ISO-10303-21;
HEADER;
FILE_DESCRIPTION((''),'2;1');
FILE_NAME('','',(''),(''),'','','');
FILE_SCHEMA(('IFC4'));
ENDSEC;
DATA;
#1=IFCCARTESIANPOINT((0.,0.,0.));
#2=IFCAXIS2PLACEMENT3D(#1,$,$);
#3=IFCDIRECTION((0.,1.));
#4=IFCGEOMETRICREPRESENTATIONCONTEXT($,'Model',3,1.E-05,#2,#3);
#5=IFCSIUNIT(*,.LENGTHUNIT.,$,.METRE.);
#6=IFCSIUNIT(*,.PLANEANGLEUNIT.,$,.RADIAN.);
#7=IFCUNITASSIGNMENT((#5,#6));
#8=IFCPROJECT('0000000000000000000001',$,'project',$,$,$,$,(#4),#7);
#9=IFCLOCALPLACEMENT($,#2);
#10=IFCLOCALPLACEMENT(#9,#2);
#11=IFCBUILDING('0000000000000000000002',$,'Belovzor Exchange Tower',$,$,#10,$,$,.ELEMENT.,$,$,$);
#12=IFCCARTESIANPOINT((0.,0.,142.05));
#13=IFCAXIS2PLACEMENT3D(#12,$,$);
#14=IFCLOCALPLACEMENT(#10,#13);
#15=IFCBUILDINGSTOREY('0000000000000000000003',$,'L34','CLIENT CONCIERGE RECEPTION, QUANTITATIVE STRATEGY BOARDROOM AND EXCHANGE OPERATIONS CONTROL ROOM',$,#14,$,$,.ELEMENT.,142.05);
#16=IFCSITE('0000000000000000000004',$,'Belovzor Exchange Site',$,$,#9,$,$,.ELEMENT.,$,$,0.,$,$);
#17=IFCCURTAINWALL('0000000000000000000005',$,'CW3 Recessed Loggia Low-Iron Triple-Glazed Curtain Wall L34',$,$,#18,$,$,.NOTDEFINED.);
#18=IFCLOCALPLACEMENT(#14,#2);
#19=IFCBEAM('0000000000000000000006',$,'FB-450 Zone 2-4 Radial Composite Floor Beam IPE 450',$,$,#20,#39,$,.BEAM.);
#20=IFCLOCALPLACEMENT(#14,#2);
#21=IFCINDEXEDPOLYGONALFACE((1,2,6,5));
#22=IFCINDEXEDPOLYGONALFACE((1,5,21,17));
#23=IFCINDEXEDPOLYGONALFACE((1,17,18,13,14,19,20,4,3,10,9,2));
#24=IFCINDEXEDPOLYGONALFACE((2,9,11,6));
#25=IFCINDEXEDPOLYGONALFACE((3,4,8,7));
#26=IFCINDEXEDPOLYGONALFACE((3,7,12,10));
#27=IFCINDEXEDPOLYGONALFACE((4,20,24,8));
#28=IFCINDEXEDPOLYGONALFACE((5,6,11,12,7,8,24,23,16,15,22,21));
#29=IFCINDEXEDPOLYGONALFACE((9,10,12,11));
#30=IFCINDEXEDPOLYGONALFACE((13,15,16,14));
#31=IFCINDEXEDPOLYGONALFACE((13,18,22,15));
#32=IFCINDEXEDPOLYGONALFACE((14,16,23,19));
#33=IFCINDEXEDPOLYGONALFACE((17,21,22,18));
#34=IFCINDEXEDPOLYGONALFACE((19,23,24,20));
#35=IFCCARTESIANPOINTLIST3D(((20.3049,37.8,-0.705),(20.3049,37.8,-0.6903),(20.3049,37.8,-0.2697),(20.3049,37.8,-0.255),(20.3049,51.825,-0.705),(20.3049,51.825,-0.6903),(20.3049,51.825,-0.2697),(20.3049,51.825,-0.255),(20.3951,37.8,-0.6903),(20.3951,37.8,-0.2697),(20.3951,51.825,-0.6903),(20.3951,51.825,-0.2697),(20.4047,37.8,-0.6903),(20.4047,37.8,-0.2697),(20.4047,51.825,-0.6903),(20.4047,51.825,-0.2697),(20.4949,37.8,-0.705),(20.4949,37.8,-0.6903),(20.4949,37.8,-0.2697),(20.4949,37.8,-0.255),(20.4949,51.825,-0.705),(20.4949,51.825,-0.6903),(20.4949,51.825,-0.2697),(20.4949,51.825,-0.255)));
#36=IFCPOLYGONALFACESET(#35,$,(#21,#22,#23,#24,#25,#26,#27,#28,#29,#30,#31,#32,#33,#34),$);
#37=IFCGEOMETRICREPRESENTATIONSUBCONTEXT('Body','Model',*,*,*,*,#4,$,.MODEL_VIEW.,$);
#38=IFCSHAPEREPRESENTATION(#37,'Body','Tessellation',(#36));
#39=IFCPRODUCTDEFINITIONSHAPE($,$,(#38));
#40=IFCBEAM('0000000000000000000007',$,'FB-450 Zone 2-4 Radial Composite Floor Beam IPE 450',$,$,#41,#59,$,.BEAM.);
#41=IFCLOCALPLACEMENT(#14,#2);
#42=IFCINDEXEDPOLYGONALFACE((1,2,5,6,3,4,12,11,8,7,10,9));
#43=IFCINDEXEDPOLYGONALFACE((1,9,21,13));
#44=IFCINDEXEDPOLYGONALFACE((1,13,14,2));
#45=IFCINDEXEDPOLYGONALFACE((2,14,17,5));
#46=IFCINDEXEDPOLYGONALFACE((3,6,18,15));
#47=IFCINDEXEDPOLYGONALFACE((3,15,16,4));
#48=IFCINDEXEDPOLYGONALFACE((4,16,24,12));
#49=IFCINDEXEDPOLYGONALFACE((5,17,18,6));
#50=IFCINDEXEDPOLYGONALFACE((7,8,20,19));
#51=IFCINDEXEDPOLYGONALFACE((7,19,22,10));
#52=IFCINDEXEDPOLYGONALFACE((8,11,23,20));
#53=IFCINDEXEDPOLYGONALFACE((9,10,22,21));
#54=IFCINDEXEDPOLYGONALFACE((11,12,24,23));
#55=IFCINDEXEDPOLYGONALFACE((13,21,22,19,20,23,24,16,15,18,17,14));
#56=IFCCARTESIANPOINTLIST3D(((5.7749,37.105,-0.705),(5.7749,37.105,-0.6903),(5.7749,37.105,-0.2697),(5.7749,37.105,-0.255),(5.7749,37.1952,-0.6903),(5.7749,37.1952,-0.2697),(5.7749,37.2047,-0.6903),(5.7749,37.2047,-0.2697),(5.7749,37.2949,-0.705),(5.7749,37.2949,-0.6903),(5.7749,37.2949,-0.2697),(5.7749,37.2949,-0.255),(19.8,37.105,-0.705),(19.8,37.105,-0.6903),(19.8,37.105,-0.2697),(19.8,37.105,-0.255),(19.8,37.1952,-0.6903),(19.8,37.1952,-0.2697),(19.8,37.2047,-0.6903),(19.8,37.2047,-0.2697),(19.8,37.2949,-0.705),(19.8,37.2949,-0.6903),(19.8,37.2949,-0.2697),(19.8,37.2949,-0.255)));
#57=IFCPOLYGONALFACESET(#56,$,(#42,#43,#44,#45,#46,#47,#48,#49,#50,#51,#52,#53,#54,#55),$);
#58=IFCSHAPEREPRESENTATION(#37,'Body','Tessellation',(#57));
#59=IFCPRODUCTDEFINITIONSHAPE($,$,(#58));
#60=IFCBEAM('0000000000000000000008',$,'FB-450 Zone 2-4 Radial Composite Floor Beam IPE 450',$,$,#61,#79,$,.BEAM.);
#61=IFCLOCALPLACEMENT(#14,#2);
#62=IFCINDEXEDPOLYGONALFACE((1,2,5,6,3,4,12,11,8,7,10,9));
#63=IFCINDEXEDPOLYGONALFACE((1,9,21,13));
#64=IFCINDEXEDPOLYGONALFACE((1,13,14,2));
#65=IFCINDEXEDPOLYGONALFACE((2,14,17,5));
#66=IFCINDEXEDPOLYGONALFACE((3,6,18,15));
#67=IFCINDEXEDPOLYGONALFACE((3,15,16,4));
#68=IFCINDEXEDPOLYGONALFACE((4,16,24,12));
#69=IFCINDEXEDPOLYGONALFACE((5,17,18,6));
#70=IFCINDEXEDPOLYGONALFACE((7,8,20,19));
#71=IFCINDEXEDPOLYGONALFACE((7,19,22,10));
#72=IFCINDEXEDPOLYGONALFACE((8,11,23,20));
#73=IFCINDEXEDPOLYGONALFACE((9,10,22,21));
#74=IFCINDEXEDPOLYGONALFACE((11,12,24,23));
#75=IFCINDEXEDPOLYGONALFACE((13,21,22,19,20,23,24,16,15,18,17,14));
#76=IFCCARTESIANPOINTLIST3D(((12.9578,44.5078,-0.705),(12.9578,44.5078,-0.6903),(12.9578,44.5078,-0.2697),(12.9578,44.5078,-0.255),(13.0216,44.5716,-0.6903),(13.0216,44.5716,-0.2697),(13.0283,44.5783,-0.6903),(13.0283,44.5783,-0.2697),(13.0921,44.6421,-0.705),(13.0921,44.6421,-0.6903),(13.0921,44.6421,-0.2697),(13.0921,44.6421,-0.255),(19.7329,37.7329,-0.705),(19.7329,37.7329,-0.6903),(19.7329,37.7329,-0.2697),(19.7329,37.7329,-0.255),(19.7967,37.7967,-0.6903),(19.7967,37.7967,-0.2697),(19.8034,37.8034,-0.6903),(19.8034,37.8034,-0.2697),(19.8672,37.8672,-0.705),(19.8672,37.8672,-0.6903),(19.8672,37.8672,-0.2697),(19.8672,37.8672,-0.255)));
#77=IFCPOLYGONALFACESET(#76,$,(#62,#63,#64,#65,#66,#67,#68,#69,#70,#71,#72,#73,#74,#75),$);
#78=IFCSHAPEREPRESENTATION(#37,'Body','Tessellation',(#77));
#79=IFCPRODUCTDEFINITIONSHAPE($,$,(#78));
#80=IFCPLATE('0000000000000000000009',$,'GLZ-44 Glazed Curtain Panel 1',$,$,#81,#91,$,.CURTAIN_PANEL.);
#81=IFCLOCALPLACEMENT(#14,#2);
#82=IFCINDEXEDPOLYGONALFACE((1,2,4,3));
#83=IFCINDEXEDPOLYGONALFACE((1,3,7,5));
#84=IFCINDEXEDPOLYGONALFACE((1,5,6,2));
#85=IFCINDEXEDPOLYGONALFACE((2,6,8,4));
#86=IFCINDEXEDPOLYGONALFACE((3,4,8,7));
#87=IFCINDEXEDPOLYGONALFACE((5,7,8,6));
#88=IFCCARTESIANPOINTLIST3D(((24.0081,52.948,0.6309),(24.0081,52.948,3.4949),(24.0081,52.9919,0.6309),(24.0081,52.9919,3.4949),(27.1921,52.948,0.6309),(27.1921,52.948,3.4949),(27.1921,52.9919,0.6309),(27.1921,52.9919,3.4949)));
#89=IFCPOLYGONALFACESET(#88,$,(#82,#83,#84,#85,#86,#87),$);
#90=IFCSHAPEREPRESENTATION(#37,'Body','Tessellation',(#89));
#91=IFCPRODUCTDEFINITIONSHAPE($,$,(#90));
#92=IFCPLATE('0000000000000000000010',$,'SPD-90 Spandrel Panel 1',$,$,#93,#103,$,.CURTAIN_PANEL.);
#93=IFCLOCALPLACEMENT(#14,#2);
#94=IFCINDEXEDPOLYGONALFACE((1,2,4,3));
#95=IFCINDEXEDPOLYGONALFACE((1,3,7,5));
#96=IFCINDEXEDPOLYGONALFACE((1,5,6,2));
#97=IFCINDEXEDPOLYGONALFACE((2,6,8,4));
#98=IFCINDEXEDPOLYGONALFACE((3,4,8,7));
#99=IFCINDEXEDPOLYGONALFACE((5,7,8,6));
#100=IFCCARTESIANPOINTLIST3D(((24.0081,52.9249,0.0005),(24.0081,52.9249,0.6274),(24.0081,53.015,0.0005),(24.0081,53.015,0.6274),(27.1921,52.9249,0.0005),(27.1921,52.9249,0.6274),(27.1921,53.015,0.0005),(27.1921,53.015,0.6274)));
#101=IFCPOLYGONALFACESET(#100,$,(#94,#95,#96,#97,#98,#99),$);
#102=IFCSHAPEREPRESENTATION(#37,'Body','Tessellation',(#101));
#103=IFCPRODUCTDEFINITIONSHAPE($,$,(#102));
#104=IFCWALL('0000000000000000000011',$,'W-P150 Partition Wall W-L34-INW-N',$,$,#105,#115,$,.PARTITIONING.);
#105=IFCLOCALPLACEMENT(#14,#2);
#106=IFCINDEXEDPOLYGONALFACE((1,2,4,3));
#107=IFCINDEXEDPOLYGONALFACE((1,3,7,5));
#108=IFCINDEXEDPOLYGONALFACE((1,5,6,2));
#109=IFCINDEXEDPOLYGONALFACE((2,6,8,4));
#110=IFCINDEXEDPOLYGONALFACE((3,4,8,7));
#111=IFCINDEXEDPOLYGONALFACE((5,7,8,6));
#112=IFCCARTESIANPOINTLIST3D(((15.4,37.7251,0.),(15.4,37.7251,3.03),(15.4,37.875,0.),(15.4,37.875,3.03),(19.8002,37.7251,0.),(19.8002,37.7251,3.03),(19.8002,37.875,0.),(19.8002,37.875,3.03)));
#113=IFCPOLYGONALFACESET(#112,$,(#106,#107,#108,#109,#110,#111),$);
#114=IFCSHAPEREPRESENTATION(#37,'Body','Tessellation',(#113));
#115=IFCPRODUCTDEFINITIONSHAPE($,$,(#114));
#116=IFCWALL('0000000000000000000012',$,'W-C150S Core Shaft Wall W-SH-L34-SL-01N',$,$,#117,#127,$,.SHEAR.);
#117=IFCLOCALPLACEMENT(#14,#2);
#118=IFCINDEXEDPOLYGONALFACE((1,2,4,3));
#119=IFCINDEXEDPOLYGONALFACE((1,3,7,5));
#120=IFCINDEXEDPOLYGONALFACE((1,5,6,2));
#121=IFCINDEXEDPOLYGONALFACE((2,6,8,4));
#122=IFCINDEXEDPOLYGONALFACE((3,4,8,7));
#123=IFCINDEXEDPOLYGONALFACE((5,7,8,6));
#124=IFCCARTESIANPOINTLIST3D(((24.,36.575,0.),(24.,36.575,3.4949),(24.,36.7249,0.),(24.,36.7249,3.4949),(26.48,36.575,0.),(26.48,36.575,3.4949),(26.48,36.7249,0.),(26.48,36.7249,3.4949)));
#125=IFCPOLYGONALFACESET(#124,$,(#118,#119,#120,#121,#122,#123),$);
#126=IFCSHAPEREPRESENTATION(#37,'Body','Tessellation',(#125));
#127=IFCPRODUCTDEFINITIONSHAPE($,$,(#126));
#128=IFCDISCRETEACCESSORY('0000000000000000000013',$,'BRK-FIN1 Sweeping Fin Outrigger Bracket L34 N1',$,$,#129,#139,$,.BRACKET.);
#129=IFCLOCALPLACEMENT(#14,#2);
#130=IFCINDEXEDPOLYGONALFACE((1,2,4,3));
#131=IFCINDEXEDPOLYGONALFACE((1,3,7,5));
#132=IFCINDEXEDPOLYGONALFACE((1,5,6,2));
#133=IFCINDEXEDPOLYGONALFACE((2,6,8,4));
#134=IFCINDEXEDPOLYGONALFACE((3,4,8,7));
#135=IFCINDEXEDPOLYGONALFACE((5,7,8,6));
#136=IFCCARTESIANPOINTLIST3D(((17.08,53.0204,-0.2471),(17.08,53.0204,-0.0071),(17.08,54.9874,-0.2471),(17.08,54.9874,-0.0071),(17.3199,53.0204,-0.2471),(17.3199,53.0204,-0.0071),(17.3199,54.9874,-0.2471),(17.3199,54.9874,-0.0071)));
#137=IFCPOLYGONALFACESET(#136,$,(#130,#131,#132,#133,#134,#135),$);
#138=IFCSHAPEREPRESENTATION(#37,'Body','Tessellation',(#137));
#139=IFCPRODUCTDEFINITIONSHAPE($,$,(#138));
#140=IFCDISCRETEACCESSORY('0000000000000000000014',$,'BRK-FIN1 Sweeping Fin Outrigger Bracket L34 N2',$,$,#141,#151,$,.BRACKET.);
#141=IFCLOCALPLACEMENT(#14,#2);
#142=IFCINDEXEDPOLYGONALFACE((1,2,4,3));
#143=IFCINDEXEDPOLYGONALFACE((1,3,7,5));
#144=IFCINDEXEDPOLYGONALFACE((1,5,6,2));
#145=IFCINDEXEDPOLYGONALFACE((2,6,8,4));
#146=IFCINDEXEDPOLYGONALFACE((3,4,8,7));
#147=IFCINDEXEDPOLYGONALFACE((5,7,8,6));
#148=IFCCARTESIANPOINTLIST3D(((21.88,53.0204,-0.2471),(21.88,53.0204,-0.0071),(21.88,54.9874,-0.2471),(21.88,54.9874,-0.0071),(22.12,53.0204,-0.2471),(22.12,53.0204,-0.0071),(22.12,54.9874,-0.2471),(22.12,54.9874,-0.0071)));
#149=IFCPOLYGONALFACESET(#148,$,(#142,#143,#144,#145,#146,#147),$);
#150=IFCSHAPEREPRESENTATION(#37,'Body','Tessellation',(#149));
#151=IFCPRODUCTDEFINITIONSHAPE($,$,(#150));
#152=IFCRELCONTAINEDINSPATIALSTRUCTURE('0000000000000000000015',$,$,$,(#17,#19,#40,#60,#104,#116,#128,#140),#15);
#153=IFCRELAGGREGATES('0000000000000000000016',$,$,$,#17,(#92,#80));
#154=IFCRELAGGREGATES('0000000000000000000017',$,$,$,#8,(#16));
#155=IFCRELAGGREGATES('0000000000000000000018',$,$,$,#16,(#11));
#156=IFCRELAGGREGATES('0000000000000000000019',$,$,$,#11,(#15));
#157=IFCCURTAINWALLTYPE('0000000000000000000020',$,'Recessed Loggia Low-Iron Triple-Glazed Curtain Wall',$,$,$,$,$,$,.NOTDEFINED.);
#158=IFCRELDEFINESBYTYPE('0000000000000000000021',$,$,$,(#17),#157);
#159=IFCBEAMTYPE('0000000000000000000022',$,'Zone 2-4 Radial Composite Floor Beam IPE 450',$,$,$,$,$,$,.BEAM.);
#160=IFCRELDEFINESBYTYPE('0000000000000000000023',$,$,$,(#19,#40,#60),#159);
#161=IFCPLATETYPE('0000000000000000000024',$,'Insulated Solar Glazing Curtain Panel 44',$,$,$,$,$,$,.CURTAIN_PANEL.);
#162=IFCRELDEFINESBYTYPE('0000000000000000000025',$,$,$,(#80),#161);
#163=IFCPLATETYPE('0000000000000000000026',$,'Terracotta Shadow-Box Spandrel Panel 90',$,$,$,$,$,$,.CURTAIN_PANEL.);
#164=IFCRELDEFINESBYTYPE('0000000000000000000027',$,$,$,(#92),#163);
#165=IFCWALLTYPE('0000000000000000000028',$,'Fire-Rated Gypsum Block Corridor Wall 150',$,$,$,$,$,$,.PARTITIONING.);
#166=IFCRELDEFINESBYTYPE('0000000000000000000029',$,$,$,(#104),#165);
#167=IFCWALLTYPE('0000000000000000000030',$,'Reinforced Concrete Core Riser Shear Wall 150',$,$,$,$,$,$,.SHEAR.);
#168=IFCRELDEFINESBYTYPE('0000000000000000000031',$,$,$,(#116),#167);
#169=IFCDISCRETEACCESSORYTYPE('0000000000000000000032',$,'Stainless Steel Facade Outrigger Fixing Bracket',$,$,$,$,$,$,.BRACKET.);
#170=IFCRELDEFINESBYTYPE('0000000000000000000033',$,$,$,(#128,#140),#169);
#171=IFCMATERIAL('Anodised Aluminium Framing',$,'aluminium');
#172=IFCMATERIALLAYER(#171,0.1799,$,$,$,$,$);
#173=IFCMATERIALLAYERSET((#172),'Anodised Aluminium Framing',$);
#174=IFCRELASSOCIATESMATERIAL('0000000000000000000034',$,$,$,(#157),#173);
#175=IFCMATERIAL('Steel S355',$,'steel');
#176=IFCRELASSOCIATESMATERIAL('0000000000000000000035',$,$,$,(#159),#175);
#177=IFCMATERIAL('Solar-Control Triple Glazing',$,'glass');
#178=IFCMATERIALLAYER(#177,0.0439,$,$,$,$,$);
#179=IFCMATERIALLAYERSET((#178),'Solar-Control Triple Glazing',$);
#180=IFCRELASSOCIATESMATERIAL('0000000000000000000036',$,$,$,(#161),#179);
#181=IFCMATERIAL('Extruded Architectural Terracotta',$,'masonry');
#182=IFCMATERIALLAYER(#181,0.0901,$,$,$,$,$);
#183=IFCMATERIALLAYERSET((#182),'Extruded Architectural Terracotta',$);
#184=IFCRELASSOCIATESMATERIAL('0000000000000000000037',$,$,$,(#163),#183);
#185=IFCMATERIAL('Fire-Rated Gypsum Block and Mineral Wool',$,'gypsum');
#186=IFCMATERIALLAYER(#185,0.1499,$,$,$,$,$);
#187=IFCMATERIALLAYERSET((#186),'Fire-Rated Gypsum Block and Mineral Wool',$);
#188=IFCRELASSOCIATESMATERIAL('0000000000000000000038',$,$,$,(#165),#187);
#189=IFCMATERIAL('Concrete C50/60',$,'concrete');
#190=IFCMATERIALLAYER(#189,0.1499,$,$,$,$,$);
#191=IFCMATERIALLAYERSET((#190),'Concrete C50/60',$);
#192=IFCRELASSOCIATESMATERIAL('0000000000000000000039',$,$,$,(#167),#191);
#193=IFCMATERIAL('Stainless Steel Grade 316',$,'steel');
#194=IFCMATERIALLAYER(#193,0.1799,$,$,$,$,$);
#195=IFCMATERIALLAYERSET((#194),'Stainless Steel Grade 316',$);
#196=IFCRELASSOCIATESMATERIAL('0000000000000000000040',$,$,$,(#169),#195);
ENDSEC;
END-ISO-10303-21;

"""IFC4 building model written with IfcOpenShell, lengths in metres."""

from ifc_helpers import new_model, si_unit, direction, frame, frame_2d, origin, origin_2d, place, context, subcontext, project, spatial, rectangle, i_section, extrude, material, layer, layer_set, material_profile, profile_set, type_object, element, aggregate, save


model = new_model("IFC4")

# Units and contexts
model_context = context("Model", 3, precision=1e-05, world=origin(), true_north=direction((0.0, 1.0)))
body_context = subcontext(model_context, "Body", "Model", "MODEL_VIEW")
ifc_project = project(units=[si_unit("LENGTHUNIT", "METRE"), si_unit("PLANEANGLEUNIT", "RADIAN")], contexts=[model_context])

# Site, building, storey
site_placement = place(None, origin())
site = spatial("IfcSite", under=ifc_project, at=site_placement, Name="Belovzor Exchange Site", CompositionType="ELEMENT", RefElevation=0.0)
building_placement = place(site_placement, origin())
building = spatial("IfcBuilding", under=site, at=building_placement, Name="Belovzor Exchange Tower", CompositionType="ELEMENT")
storey_placement = place(building_placement, frame((0.0, 0.0, 142.05)))
storey = spatial("IfcBuildingStorey", under=building, at=storey_placement, Name="L34", Description="CLIENT CONCIERGE RECEPTION, QUANTITATIVE STRATEGY BOARDROOM AND EXCHANGE OPERATIONS CONTROL ROOM", CompositionType="ELEMENT", Elevation=142.05)

# Curtain wall
ifc_material_1 = material(Name="Anodised Aluminium Framing", Category="aluminium")
ifc_layer_1 = layer(ifc_material_1, 0.1799)
ifc_layer_set_1 = layer_set([ifc_layer_1], Name="Anodised Aluminium Framing")
curtain_wall_type = type_object("IfcCurtainWallType", Name="Recessed Loggia Low-Iron Triple-Glazed Curtain Wall", PredefinedType="NOTDEFINED", material=ifc_layer_set_1)
curtain_wall_placement = place(storey_placement, origin())
curtain_wall = element("IfcCurtainWall", 1, at=curtain_wall_placement, inside=storey, type_object=curtain_wall_type, Name="CW3 Recessed Loggia Low-Iron Triple-Glazed Curtain Wall L34", PredefinedType="NOTDEFINED")

# Beams
ifc_material_2 = material(Name="Steel S355", Category="steel")
ifc_material_profile_1 = material_profile(ifc_material_2, i_section(OverallWidth=0.1899, OverallDepth=0.45, WebThickness=0.0095, FlangeThickness=0.0146, at=origin_2d()))
ifc_profile_set_1 = profile_set([ifc_material_profile_1], Name="Steel S355")
beam_type_1 = type_object("IfcBeamType", Name="Zone 2-4 Radial Composite Floor Beam IPE 450", PredefinedType="BEAM", material=ifc_profile_set_1)
beam_1_placement = place(storey_placement, frame((20.3999, 37.8, -0.48), z_axis=(0.0, 1.0, 0.0), x_axis=(-1.0, 0.0, 0.0)))
element("IfcBeam", 2, at=beam_1_placement, inside=storey, type_object=beam_type_1, Name="FB-450 Zone 2-4 Radial Composite Floor Beam IPE 450", PredefinedType="BEAM", context=body_context, shape_type="SweptSolid", body=[
    extrude(i_section(OverallWidth=0.1899, OverallDepth=0.45, WebThickness=0.0095, FlangeThickness=0.0146, at=origin_2d()), origin(), (0.0, 0.0, 1.0), 14.0249),
])
beam_2_placement = place(storey_placement, frame((19.8, 37.2, -0.48), z_axis=(-1.0, 0.0, 0.0), x_axis=(0.0, -1.0, 0.0)))
element("IfcBeam", 3, at=beam_2_placement, inside=storey, type_object=beam_type_1, Name="FB-450 Zone 2-4 Radial Composite Floor Beam IPE 450", PredefinedType="BEAM", context=body_context, shape_type="SweptSolid", body=[
    extrude(i_section(OverallWidth=0.1899, OverallDepth=0.45, WebThickness=0.0095, FlangeThickness=0.0146, at=origin_2d()), origin(), (0.0, 0.0, 1.0), 14.0251),
])
beam_3_placement = place(storey_placement, frame((19.8, 37.8, -0.48), z_axis=(-0.70712, 0.707094, 0.0), x_axis=(-0.707094, -0.70712, 0.0)))
element("IfcBeam", 4, at=beam_3_placement, inside=storey, type_object=beam_type_1, Name="FB-450 Zone 2-4 Radial Composite Floor Beam IPE 450", PredefinedType="BEAM", context=body_context, shape_type="SweptSolid", body=[
    extrude(i_section(OverallWidth=0.1899, OverallDepth=0.45, WebThickness=0.0095, FlangeThickness=0.0146, at=origin_2d()), origin(), (0.0, 0.0, 1.0), 9.5813),
])

# Plates
ifc_material_3 = material(Name="Solar-Control Triple Glazing", Category="glass")
ifc_layer_2 = layer(ifc_material_3, 0.0439)
ifc_layer_set_2 = layer_set([ifc_layer_2], Name="Solar-Control Triple Glazing")
plate_type_1 = type_object("IfcPlateType", Name="Insulated Solar Glazing Curtain Panel 44", PredefinedType="CURTAIN_PANEL", material=ifc_layer_set_2)
plate_1_placement = place(storey_placement, frame((25.6001, 52.97, 0.6309), z_axis=(0.0, 0.0, 1.0), x_axis=(1.0, 0.0, 0.0)))
plate_1 = element("IfcPlate", 5, at=plate_1_placement, type_object=plate_type_1, Name="GLZ-44 Glazed Curtain Panel 1", PredefinedType="CURTAIN_PANEL", context=body_context, shape_type="SweptSolid", body=[
    extrude(rectangle(XDim=3.1841, YDim=0.0439, at=origin_2d()), origin(), (0.0, 0.0, 1.0), 2.864),
])
ifc_material_4 = material(Name="Extruded Architectural Terracotta", Category="masonry")
ifc_layer_3 = layer(ifc_material_4, 0.0901)
ifc_layer_set_3 = layer_set([ifc_layer_3], Name="Extruded Architectural Terracotta")
plate_type_2 = type_object("IfcPlateType", Name="Terracotta Shadow-Box Spandrel Panel 90", PredefinedType="CURTAIN_PANEL", material=ifc_layer_set_3)
plate_2_placement = place(storey_placement, frame((25.6001, 52.97, 0.0005), z_axis=(0.0, 0.0, 1.0), x_axis=(1.0, 0.0, 0.0)))
plate_2 = element("IfcPlate", 6, at=plate_2_placement, type_object=plate_type_2, Name="SPD-90 Spandrel Panel 1", PredefinedType="CURTAIN_PANEL", context=body_context, shape_type="SweptSolid", body=[
    extrude(rectangle(XDim=3.1841, YDim=0.0901, at=origin_2d()), origin(), (0.0, 0.0, 1.0), 0.627),
])
aggregate(curtain_wall, [plate_2, plate_1])

# Walls
ifc_material_5 = material(Name="Fire-Rated Gypsum Block and Mineral Wool", Category="gypsum")
ifc_layer_4 = layer(ifc_material_5, 0.1499)
ifc_layer_set_4 = layer_set([ifc_layer_4], Name="Fire-Rated Gypsum Block and Mineral Wool")
wall_type_1 = type_object("IfcWallType", Name="Fire-Rated Gypsum Block Corridor Wall 150", PredefinedType="PARTITIONING", material=ifc_layer_set_4)
wall_1_placement = place(storey_placement, frame((15.3999, 37.8, 0.0), z_axis=(0.0, 0.0, 1.0), x_axis=(1.0, 0.0, 0.0)))
element("IfcWall", 7, at=wall_1_placement, inside=storey, type_object=wall_type_1, Name="W-P150 Partition Wall W-L34-INW-N", PredefinedType="PARTITIONING", context=body_context, shape_type="SweptSolid", body=[
    extrude(rectangle(XDim=4.4001, YDim=0.1499, at=frame_2d((2.2002, 0.0))), origin(), (0.0, 0.0, 1.0), 3.03),
])
ifc_material_6 = material(Name="Concrete C50/60", Category="concrete")
ifc_layer_5 = layer(ifc_material_6, 0.1499)
ifc_layer_set_5 = layer_set([ifc_layer_5], Name="Concrete C50/60")
wall_type_2 = type_object("IfcWallType", Name="Reinforced Concrete Core Riser Shear Wall 150", PredefinedType="SHEAR", material=ifc_layer_set_5)
wall_2_placement = place(storey_placement, frame((24.0, 36.6499, 0.0), z_axis=(0.0, 0.0, 1.0), x_axis=(1.0, 0.0, 0.0)))
element("IfcWall", 8, at=wall_2_placement, inside=storey, type_object=wall_type_2, Name="W-C150S Core Shaft Wall W-SH-L34-SL-01N", PredefinedType="SHEAR", context=body_context, shape_type="SweptSolid", body=[
    extrude(rectangle(XDim=2.48, YDim=0.1499, at=frame_2d((1.24, 0.0))), origin(), (0.0, 0.0, 1.0), 3.4949),
])

# Discrete accessories
ifc_material_7 = material(Name="Stainless Steel Grade 316", Category="steel")
ifc_layer_6 = layer(ifc_material_7, 0.1799)
ifc_layer_set_6 = layer_set([ifc_layer_6], Name="Stainless Steel Grade 316")
discrete_accessory_type = type_object("IfcDiscreteAccessoryType", Name="Stainless Steel Facade Outrigger Fixing Bracket", PredefinedType="BRACKET", material=ifc_layer_set_6)
for number, where, z_axis, x_axis, name in (
    (9, (17.2, 54.0039, -0.2471), (0.0, 0.0, 1.0), (0.0, 1.0, 0.0), "BRK-FIN1 Sweeping Fin Outrigger Bracket L34 N1"),
    (10, (22.0, 54.0039, -0.2471), (0.0, 0.0, 1.0), (0.0, 1.0, 0.0), "BRK-FIN1 Sweeping Fin Outrigger Bracket L34 N2"),
):
    element("IfcDiscreteAccessory", number, at=place(storey_placement, frame(where, z_axis=z_axis, x_axis=x_axis)), inside=storey, type_object=discrete_accessory_type, Name=name, PredefinedType="BRACKET", context=body_context, shape_type="SweptSolid", body=[
        extrude(rectangle(XDim=1.967, YDim=0.24, at=origin_2d()), origin(), (0.0, 0.0, 1.0), 0.24),
    ])

save(model, "model.ifc")
